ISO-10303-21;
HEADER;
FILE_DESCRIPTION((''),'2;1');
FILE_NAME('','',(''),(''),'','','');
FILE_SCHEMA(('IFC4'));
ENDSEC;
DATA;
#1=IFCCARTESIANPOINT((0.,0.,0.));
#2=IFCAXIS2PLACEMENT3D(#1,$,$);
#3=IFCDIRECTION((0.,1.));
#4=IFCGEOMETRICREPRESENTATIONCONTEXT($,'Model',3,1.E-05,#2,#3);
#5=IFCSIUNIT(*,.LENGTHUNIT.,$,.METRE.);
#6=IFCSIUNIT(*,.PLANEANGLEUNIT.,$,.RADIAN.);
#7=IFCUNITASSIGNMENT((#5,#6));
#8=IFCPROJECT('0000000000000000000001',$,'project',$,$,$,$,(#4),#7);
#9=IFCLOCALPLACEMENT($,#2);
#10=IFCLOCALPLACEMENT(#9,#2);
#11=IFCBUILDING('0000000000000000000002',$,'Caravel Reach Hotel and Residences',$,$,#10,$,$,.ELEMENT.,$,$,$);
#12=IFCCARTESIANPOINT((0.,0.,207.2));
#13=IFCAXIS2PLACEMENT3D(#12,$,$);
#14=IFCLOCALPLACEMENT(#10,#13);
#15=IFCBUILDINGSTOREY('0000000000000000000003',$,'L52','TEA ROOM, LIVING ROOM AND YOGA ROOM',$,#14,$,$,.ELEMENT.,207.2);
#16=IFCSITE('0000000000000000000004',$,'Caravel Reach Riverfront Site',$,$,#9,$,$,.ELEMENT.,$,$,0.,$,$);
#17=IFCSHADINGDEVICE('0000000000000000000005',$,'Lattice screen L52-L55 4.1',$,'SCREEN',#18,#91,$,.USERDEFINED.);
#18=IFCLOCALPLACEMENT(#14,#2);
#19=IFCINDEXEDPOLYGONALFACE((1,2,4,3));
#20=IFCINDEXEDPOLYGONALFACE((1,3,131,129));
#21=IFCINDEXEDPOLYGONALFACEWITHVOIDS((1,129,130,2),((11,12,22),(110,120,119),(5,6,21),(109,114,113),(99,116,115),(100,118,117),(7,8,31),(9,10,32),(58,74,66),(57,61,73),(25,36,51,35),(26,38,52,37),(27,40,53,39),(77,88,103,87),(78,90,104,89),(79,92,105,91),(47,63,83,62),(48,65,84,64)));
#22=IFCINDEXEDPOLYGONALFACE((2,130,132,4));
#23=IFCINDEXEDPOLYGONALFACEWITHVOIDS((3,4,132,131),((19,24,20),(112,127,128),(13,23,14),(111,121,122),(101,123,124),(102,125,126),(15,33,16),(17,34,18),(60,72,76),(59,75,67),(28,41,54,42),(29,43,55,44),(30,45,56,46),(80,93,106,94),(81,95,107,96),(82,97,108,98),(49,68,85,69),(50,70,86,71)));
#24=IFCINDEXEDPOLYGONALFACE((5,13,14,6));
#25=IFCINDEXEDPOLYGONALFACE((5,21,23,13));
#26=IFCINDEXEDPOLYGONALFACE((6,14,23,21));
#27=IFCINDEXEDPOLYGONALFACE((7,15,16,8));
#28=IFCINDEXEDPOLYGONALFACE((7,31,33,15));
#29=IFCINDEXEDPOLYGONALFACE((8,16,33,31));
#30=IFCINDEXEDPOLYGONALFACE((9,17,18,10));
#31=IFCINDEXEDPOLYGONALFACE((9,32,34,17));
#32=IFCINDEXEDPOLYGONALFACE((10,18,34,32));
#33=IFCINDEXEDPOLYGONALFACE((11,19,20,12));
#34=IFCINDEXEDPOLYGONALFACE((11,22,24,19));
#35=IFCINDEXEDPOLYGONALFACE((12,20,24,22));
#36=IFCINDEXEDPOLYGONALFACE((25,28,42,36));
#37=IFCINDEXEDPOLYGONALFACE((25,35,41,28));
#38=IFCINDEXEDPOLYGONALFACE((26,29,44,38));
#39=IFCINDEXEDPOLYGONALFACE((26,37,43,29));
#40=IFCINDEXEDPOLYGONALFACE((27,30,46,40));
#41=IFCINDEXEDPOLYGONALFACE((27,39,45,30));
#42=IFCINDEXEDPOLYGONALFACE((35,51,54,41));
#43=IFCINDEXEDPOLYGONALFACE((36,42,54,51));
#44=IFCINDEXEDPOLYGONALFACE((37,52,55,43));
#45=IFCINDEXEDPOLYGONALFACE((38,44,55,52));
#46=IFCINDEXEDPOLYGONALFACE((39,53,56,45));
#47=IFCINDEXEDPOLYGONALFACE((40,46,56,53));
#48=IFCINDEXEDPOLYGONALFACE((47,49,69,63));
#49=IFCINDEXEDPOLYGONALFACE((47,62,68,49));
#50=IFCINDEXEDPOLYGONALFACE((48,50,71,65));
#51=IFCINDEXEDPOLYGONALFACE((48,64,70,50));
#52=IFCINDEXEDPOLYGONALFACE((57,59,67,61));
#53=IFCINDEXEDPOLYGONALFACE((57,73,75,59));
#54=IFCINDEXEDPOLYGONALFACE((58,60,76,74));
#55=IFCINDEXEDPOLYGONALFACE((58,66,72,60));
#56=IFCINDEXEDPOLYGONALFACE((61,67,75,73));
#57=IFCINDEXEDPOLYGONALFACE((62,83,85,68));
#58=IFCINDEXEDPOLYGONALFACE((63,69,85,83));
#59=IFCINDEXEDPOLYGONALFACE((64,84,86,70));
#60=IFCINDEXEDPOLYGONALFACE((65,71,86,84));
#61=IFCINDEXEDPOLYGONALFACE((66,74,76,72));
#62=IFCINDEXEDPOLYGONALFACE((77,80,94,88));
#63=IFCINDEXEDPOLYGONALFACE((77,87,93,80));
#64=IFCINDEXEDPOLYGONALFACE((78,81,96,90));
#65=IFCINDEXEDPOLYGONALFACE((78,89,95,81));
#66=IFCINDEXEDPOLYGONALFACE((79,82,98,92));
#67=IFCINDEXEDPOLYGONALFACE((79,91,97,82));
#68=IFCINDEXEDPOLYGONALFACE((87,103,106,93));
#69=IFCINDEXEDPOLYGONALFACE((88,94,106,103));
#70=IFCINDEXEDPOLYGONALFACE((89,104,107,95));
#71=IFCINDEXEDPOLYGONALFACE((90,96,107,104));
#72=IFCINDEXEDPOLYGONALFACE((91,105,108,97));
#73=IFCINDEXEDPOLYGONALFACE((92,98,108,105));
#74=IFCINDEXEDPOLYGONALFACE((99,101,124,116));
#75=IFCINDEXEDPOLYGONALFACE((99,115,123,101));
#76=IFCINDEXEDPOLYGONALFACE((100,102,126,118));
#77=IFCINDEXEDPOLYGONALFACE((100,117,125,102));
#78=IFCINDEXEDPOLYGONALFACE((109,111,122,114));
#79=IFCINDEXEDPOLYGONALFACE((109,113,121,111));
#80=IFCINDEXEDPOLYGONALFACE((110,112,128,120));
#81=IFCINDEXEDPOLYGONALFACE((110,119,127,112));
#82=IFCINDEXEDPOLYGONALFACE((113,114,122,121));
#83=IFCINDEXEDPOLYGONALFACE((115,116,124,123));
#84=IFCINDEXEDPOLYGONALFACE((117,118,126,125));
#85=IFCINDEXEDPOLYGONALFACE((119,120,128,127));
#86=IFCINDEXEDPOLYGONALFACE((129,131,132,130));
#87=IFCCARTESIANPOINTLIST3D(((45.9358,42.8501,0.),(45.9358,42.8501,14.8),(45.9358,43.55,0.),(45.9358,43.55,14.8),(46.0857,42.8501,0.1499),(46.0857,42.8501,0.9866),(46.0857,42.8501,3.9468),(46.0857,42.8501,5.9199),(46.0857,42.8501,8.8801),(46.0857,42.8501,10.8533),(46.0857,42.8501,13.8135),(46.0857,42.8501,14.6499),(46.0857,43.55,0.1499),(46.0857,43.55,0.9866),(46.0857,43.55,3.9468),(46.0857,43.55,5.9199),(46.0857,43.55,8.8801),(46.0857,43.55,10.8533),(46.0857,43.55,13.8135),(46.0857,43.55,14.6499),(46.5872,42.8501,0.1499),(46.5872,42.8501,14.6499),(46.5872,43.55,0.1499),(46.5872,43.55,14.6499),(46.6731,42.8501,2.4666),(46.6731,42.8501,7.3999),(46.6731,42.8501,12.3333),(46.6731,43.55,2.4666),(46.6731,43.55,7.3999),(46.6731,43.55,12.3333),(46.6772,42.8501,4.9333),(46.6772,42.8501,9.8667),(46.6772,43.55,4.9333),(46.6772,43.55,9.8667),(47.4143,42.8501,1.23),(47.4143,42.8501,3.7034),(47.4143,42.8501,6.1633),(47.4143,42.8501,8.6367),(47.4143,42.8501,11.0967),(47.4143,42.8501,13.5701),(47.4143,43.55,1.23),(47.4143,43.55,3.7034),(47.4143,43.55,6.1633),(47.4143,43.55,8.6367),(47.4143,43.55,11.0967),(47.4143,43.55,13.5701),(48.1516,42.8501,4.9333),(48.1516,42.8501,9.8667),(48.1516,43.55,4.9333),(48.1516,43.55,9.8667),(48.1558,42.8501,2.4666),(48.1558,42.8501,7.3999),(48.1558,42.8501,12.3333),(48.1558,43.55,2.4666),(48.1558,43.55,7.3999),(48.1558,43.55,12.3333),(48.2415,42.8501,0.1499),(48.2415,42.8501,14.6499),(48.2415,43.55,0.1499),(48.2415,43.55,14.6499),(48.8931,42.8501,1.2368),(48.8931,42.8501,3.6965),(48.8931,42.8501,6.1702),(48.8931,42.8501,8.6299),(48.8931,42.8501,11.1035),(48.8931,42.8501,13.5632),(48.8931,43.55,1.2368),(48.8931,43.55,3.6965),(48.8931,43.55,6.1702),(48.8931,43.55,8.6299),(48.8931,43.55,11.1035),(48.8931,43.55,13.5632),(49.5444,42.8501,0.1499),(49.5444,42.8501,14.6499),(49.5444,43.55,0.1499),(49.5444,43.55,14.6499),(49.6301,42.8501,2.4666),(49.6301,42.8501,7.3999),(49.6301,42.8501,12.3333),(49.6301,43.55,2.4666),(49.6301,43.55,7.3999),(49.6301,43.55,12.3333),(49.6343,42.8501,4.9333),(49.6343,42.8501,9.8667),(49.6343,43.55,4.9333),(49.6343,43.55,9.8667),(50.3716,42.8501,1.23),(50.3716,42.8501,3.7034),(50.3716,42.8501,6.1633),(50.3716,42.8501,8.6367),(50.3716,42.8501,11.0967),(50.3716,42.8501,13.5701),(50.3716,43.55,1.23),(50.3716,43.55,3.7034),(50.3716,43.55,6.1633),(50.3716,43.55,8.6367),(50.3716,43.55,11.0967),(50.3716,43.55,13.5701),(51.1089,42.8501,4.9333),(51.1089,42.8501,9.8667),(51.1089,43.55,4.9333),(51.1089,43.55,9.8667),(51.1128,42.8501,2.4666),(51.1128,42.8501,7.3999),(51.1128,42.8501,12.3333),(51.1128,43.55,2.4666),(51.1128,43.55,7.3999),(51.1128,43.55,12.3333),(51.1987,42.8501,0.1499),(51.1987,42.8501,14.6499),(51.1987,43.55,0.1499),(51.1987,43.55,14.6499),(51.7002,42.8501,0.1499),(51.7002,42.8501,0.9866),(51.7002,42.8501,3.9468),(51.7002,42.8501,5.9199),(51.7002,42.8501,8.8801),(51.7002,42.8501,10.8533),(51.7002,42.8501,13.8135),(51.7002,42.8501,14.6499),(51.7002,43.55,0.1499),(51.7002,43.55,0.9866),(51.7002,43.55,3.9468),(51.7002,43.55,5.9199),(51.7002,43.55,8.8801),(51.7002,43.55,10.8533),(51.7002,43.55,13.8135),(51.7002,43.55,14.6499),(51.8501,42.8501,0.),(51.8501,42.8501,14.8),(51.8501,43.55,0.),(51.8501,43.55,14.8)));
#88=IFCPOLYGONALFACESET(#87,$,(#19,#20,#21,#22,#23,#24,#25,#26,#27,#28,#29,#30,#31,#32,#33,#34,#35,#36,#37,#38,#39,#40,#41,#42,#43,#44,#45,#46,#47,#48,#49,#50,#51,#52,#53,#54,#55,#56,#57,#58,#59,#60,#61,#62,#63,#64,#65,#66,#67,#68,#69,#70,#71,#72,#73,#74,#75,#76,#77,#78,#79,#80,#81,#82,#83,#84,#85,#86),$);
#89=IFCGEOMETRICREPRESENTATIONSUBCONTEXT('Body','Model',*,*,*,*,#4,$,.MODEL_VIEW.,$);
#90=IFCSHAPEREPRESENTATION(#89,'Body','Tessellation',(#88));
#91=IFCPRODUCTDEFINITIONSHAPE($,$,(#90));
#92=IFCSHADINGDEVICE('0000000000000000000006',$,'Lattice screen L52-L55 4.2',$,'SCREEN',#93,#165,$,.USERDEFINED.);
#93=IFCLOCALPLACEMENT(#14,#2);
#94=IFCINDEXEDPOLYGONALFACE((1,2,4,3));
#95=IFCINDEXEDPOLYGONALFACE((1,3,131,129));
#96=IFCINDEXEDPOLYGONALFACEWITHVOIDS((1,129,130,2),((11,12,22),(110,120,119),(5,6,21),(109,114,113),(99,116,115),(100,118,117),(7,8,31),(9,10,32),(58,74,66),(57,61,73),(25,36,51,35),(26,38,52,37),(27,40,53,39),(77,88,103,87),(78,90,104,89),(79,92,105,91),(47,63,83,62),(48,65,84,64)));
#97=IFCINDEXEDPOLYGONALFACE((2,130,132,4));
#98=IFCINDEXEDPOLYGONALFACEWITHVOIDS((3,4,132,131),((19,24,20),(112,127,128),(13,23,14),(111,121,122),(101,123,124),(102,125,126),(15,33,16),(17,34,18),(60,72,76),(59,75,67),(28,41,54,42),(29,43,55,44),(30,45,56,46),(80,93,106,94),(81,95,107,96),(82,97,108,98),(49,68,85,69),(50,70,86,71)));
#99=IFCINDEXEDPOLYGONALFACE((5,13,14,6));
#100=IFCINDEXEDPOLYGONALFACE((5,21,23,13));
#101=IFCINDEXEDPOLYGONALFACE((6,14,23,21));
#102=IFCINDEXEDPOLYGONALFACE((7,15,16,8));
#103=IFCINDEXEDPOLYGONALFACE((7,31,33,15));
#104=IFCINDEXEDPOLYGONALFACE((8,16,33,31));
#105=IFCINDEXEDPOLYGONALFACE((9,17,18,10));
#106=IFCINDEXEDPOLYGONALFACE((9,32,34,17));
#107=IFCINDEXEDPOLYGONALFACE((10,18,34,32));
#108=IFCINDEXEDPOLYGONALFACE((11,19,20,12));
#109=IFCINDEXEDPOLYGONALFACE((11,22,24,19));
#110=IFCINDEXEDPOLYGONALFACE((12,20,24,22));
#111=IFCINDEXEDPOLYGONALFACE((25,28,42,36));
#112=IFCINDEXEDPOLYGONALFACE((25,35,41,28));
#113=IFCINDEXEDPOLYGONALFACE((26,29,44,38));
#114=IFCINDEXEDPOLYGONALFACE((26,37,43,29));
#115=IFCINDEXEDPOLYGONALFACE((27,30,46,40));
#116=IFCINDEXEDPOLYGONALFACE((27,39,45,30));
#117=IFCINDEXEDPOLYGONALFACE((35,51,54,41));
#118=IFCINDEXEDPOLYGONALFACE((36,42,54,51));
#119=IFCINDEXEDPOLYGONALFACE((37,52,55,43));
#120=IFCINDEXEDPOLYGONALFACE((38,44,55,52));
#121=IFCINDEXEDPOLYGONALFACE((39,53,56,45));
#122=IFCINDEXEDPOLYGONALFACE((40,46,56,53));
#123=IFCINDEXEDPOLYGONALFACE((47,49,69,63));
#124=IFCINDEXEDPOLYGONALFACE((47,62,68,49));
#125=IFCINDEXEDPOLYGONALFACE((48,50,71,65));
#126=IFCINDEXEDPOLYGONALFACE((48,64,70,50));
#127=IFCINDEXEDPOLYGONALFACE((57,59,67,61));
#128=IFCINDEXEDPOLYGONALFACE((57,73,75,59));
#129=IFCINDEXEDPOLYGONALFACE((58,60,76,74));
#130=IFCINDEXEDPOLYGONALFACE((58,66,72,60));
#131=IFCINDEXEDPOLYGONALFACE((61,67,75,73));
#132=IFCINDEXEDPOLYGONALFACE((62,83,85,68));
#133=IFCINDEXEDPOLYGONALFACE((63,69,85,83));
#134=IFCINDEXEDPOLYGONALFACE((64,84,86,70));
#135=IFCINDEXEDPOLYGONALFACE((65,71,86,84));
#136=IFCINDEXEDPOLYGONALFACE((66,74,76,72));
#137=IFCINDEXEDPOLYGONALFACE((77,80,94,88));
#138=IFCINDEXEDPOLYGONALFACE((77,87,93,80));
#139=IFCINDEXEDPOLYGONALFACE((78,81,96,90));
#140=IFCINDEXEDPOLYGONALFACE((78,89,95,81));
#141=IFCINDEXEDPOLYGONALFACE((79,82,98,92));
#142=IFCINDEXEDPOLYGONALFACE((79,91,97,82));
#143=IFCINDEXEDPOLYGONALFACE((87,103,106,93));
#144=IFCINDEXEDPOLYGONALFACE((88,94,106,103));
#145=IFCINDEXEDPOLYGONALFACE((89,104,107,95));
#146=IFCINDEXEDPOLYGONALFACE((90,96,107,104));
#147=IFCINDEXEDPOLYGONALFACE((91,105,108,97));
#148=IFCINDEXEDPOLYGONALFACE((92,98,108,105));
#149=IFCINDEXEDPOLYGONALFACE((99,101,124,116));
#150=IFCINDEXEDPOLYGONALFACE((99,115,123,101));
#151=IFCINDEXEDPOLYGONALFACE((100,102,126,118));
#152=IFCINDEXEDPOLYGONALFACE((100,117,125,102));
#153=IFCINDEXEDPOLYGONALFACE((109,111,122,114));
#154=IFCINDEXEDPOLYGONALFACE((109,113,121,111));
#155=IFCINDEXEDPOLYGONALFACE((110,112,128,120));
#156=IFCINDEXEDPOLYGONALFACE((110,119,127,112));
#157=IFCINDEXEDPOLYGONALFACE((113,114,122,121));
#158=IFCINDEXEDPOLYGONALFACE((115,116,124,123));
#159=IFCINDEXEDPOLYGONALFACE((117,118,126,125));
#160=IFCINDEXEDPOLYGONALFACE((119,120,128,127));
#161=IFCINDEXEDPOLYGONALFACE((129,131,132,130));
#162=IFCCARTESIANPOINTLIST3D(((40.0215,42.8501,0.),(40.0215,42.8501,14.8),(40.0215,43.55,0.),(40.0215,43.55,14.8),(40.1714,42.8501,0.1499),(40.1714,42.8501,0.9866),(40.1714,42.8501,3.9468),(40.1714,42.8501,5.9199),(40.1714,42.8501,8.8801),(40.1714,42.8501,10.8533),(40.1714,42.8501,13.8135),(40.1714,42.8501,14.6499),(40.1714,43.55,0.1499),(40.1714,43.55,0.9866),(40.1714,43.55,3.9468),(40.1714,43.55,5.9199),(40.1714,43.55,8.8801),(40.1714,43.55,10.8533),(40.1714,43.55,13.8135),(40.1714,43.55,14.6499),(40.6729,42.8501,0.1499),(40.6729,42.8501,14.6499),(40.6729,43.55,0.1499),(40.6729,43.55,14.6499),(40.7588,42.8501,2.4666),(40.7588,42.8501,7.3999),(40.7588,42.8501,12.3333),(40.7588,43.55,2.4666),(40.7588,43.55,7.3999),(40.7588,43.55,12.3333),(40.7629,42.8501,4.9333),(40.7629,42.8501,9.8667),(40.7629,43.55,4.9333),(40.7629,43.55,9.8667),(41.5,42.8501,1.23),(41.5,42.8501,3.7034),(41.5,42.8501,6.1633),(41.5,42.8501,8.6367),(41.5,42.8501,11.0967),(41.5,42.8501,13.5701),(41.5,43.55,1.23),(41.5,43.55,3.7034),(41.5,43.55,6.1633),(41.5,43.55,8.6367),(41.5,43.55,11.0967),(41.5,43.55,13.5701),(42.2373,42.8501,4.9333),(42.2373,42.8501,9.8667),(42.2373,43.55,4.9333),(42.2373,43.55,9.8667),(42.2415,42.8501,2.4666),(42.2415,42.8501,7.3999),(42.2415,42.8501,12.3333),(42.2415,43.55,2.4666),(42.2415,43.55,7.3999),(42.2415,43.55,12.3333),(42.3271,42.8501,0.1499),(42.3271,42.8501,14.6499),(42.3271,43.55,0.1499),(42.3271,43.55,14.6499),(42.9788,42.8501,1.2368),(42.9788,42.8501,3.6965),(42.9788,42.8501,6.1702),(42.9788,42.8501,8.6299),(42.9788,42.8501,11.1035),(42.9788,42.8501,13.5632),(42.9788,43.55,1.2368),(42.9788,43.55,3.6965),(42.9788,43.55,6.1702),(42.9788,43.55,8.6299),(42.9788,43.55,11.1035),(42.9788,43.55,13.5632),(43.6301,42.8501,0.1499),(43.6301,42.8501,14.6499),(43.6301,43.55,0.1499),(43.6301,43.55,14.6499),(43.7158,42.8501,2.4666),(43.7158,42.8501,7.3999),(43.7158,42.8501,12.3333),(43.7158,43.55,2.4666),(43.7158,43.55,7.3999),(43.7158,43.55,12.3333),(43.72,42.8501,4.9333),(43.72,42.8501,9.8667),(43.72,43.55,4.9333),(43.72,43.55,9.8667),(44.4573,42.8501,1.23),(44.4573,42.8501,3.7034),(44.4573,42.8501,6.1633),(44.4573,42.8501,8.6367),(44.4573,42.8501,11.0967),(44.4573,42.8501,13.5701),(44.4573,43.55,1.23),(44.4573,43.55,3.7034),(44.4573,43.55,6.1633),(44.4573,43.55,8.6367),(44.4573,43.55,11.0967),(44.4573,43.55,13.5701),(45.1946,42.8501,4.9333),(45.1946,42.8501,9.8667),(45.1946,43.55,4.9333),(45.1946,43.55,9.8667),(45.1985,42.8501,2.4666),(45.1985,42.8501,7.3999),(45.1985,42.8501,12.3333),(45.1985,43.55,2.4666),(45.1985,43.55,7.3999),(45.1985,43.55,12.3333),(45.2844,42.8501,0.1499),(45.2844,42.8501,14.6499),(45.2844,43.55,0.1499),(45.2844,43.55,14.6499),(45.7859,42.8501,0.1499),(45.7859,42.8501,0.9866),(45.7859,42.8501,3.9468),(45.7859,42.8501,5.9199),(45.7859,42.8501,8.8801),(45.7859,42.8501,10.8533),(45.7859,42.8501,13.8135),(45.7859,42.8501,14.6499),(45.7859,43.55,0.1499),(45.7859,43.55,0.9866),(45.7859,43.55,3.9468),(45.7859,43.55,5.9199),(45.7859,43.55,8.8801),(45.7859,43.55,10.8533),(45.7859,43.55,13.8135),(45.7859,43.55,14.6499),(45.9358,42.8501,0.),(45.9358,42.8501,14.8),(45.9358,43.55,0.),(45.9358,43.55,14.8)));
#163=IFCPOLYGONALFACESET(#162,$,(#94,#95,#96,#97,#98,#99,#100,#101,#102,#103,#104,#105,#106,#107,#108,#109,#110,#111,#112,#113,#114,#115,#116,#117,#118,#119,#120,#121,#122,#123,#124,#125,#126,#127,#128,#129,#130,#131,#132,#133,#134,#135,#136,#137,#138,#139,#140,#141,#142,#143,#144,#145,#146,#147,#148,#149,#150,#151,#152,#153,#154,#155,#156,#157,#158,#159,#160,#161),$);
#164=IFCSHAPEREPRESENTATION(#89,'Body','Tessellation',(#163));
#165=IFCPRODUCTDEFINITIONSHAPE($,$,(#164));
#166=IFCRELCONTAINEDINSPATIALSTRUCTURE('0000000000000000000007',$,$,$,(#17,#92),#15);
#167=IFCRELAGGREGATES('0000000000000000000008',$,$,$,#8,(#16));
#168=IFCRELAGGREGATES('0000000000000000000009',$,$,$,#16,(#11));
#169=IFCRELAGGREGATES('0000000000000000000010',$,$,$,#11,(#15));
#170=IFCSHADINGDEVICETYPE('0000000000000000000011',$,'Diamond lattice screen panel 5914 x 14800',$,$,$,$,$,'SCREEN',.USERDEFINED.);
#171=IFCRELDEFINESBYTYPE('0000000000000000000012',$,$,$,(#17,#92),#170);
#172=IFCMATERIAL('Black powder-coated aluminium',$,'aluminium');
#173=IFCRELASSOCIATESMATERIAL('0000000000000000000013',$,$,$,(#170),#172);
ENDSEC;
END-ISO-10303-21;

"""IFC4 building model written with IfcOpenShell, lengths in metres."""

from ifc_helpers import new_model, si_unit, direction, frame, origin, place, context, subcontext, project, spatial, polyline, outline, extrude, material, type_object, element, save


model = new_model("IFC4")

# Units and contexts
model_context = context("Model", 3, precision=1e-05, world=origin(), true_north=direction((0.0, 1.0)))
body_context = subcontext(model_context, "Body", "Model", "MODEL_VIEW")
ifc_project = project(units=[si_unit("LENGTHUNIT", "METRE"), si_unit("PLANEANGLEUNIT", "RADIAN")], contexts=[model_context])

# Site, building, storey
site_placement = place(None, origin())
site = spatial("IfcSite", under=ifc_project, at=site_placement, Name="Caravel Reach Riverfront Site", CompositionType="ELEMENT", RefElevation=0.0)
building_placement = place(site_placement, origin())
building = spatial("IfcBuilding", under=site, at=building_placement, Name="Caravel Reach Hotel and Residences", CompositionType="ELEMENT")
storey_placement = place(building_placement, frame((0.0, 0.0, 207.2)))
storey = spatial("IfcBuildingStorey", under=building, at=storey_placement, Name="L52", Description="TEA ROOM, LIVING ROOM AND YOGA ROOM", CompositionType="ELEMENT", Elevation=207.2)

# Shading devices
ifc_material_1 = material(Name="Black powder-coated aluminium", Category="aluminium")
shading_device_type_1 = type_object("IfcShadingDeviceType", Name="Diamond lattice screen panel 5914 x 14800", ElementType="SCREEN", PredefinedType="USERDEFINED", material=ifc_material_1)
shading_device_1_placement = place(storey_placement, frame((51.8501, 42.8501, 0.0), z_axis=(0.0, 1.0, 0.0), x_axis=(-1.0, 0.0, 0.0)))
element("IfcShadingDevice", 1, at=shading_device_1_placement, inside=storey, type_object=shading_device_type_1, Name="Lattice screen L52-L55 4.1", ObjectType="SCREEN", PredefinedType="USERDEFINED", context=body_context, shape_type="SweptSolid", body=[
    extrude(outline(polyline([(0.0, 0.0), (5.9143, 0.0), (5.9143, 14.8), (0.0, 14.8), (0.0, 0.0)]), holes=[polyline([(0.6514, 0.1499), (0.1499, 0.9866), (0.1499, 0.1499), (0.6514, 0.1499)]), polyline([(0.7412, 4.9333), (0.1499, 5.9199), (0.1499, 3.9468), (0.7412, 4.9333)]), polyline([(0.7412, 9.8667), (0.1499, 10.8533), (0.1499, 8.8801), (0.7412, 9.8667)]), polyline([(0.1499, 13.8135), (0.6514, 14.6499), (0.1499, 14.6499), (0.1499, 13.8135)]), polyline([(1.4785, 3.7034), (0.7373, 2.4666), (1.4785, 1.23), (2.22, 2.4666), (1.4785, 3.7034)]), polyline([(1.4785, 8.6367), (0.7373, 7.3999), (1.4785, 6.1633), (2.22, 7.3999), (1.4785, 8.6367)]), polyline([(1.4785, 13.5701), (0.7373, 12.3333), (1.4785, 11.0967), (2.22, 12.3333), (1.4785, 13.5701)]), polyline([(2.957, 1.2368), (2.3057, 0.1499), (3.6086, 0.1499), (2.957, 1.2368)]), polyline([(2.957, 6.1702), (2.2158, 4.9333), (2.957, 3.6965), (3.6985, 4.9333), (2.957, 6.1702)]), polyline([(2.957, 11.1035), (2.2158, 9.8667), (2.957, 8.6299), (3.6985, 9.8667), (2.957, 11.1035)]), polyline([(2.957, 13.5632), (3.6086, 14.6499), (2.3057, 14.6499), (2.957, 13.5632)]), polyline([(4.4358, 3.7034), (3.6943, 2.4666), (4.4358, 1.23), (5.177, 2.4666), (4.4358, 3.7034)]), polyline([(4.4358, 8.6367), (3.6943, 7.3999), (4.4358, 6.1633), (5.177, 7.3999), (4.4358, 8.6367)]), polyline([(4.4358, 13.5701), (3.6943, 12.3333), (4.4358, 11.0967), (5.177, 12.3333), (4.4358, 13.5701)]), polyline([(5.7644, 0.9866), (5.2629, 0.1499), (5.7644, 0.1499), (5.7644, 0.9866)]), polyline([(5.1729, 4.9333), (5.7644, 3.9468), (5.7644, 5.9199), (5.1729, 4.9333)]), polyline([(5.1729, 9.8667), (5.7644, 8.8801), (5.7644, 10.8533), (5.1729, 9.8667)]), polyline([(5.2629, 14.6499), (5.7644, 13.8135), (5.7644, 14.6499), (5.2629, 14.6499)])]), origin(), (0.0, 0.0, 1.0), 0.7),
])
shading_device_2_placement = place(storey_placement, frame((45.9358, 42.8501, 0.0), z_axis=(0.0, 1.0, 0.0), x_axis=(-1.0, 0.0, 0.0)))
element("IfcShadingDevice", 2, at=shading_device_2_placement, inside=storey, type_object=shading_device_type_1, Name="Lattice screen L52-L55 4.2", ObjectType="SCREEN", PredefinedType="USERDEFINED", context=body_context, shape_type="SweptSolid", body=[
    extrude(outline(polyline([(0.0, 0.0), (5.9143, 0.0), (5.9143, 14.8), (0.0, 14.8), (0.0, 0.0)]), holes=[polyline([(0.6514, 0.1499), (0.1499, 0.9866), (0.1499, 0.1499), (0.6514, 0.1499)]), polyline([(0.7412, 4.9333), (0.1499, 5.9199), (0.1499, 3.9468), (0.7412, 4.9333)]), polyline([(0.7412, 9.8667), (0.1499, 10.8533), (0.1499, 8.8801), (0.7412, 9.8667)]), polyline([(0.1499, 13.8135), (0.6514, 14.6499), (0.1499, 14.6499), (0.1499, 13.8135)]), polyline([(1.4785, 3.7034), (0.7373, 2.4666), (1.4785, 1.23), (2.22, 2.4666), (1.4785, 3.7034)]), polyline([(1.4785, 8.6367), (0.7373, 7.3999), (1.4785, 6.1633), (2.22, 7.3999), (1.4785, 8.6367)]), polyline([(1.4785, 13.5701), (0.7373, 12.3333), (1.4785, 11.0967), (2.22, 12.3333), (1.4785, 13.5701)]), polyline([(2.957, 1.2368), (2.3057, 0.1499), (3.6086, 0.1499), (2.957, 1.2368)]), polyline([(2.957, 6.1702), (2.2158, 4.9333), (2.957, 3.6965), (3.6985, 4.9333), (2.957, 6.1702)]), polyline([(2.957, 11.1035), (2.2158, 9.8667), (2.957, 8.6299), (3.6985, 9.8667), (2.957, 11.1035)]), polyline([(2.957, 13.5632), (3.6086, 14.6499), (2.3057, 14.6499), (2.957, 13.5632)]), polyline([(4.4358, 3.7034), (3.6943, 2.4666), (4.4358, 1.23), (5.177, 2.4666), (4.4358, 3.7034)]), polyline([(4.4358, 8.6367), (3.6943, 7.3999), (4.4358, 6.1633), (5.177, 7.3999), (4.4358, 8.6367)]), polyline([(4.4358, 13.5701), (3.6943, 12.3333), (4.4358, 11.0967), (5.177, 12.3333), (4.4358, 13.5701)]), polyline([(5.7644, 0.9866), (5.2629, 0.1499), (5.7644, 0.1499), (5.7644, 0.9866)]), polyline([(5.1729, 4.9333), (5.7644, 3.9468), (5.7644, 5.9199), (5.1729, 4.9333)]), polyline([(5.1729, 9.8667), (5.7644, 8.8801), (5.7644, 10.8533), (5.1729, 9.8667)]), polyline([(5.2629, 14.6499), (5.7644, 13.8135), (5.7644, 14.6499), (5.2629, 14.6499)])]), origin(), (0.0, 0.0, 1.0), 0.7),
])

save(model, "model.ifc")
